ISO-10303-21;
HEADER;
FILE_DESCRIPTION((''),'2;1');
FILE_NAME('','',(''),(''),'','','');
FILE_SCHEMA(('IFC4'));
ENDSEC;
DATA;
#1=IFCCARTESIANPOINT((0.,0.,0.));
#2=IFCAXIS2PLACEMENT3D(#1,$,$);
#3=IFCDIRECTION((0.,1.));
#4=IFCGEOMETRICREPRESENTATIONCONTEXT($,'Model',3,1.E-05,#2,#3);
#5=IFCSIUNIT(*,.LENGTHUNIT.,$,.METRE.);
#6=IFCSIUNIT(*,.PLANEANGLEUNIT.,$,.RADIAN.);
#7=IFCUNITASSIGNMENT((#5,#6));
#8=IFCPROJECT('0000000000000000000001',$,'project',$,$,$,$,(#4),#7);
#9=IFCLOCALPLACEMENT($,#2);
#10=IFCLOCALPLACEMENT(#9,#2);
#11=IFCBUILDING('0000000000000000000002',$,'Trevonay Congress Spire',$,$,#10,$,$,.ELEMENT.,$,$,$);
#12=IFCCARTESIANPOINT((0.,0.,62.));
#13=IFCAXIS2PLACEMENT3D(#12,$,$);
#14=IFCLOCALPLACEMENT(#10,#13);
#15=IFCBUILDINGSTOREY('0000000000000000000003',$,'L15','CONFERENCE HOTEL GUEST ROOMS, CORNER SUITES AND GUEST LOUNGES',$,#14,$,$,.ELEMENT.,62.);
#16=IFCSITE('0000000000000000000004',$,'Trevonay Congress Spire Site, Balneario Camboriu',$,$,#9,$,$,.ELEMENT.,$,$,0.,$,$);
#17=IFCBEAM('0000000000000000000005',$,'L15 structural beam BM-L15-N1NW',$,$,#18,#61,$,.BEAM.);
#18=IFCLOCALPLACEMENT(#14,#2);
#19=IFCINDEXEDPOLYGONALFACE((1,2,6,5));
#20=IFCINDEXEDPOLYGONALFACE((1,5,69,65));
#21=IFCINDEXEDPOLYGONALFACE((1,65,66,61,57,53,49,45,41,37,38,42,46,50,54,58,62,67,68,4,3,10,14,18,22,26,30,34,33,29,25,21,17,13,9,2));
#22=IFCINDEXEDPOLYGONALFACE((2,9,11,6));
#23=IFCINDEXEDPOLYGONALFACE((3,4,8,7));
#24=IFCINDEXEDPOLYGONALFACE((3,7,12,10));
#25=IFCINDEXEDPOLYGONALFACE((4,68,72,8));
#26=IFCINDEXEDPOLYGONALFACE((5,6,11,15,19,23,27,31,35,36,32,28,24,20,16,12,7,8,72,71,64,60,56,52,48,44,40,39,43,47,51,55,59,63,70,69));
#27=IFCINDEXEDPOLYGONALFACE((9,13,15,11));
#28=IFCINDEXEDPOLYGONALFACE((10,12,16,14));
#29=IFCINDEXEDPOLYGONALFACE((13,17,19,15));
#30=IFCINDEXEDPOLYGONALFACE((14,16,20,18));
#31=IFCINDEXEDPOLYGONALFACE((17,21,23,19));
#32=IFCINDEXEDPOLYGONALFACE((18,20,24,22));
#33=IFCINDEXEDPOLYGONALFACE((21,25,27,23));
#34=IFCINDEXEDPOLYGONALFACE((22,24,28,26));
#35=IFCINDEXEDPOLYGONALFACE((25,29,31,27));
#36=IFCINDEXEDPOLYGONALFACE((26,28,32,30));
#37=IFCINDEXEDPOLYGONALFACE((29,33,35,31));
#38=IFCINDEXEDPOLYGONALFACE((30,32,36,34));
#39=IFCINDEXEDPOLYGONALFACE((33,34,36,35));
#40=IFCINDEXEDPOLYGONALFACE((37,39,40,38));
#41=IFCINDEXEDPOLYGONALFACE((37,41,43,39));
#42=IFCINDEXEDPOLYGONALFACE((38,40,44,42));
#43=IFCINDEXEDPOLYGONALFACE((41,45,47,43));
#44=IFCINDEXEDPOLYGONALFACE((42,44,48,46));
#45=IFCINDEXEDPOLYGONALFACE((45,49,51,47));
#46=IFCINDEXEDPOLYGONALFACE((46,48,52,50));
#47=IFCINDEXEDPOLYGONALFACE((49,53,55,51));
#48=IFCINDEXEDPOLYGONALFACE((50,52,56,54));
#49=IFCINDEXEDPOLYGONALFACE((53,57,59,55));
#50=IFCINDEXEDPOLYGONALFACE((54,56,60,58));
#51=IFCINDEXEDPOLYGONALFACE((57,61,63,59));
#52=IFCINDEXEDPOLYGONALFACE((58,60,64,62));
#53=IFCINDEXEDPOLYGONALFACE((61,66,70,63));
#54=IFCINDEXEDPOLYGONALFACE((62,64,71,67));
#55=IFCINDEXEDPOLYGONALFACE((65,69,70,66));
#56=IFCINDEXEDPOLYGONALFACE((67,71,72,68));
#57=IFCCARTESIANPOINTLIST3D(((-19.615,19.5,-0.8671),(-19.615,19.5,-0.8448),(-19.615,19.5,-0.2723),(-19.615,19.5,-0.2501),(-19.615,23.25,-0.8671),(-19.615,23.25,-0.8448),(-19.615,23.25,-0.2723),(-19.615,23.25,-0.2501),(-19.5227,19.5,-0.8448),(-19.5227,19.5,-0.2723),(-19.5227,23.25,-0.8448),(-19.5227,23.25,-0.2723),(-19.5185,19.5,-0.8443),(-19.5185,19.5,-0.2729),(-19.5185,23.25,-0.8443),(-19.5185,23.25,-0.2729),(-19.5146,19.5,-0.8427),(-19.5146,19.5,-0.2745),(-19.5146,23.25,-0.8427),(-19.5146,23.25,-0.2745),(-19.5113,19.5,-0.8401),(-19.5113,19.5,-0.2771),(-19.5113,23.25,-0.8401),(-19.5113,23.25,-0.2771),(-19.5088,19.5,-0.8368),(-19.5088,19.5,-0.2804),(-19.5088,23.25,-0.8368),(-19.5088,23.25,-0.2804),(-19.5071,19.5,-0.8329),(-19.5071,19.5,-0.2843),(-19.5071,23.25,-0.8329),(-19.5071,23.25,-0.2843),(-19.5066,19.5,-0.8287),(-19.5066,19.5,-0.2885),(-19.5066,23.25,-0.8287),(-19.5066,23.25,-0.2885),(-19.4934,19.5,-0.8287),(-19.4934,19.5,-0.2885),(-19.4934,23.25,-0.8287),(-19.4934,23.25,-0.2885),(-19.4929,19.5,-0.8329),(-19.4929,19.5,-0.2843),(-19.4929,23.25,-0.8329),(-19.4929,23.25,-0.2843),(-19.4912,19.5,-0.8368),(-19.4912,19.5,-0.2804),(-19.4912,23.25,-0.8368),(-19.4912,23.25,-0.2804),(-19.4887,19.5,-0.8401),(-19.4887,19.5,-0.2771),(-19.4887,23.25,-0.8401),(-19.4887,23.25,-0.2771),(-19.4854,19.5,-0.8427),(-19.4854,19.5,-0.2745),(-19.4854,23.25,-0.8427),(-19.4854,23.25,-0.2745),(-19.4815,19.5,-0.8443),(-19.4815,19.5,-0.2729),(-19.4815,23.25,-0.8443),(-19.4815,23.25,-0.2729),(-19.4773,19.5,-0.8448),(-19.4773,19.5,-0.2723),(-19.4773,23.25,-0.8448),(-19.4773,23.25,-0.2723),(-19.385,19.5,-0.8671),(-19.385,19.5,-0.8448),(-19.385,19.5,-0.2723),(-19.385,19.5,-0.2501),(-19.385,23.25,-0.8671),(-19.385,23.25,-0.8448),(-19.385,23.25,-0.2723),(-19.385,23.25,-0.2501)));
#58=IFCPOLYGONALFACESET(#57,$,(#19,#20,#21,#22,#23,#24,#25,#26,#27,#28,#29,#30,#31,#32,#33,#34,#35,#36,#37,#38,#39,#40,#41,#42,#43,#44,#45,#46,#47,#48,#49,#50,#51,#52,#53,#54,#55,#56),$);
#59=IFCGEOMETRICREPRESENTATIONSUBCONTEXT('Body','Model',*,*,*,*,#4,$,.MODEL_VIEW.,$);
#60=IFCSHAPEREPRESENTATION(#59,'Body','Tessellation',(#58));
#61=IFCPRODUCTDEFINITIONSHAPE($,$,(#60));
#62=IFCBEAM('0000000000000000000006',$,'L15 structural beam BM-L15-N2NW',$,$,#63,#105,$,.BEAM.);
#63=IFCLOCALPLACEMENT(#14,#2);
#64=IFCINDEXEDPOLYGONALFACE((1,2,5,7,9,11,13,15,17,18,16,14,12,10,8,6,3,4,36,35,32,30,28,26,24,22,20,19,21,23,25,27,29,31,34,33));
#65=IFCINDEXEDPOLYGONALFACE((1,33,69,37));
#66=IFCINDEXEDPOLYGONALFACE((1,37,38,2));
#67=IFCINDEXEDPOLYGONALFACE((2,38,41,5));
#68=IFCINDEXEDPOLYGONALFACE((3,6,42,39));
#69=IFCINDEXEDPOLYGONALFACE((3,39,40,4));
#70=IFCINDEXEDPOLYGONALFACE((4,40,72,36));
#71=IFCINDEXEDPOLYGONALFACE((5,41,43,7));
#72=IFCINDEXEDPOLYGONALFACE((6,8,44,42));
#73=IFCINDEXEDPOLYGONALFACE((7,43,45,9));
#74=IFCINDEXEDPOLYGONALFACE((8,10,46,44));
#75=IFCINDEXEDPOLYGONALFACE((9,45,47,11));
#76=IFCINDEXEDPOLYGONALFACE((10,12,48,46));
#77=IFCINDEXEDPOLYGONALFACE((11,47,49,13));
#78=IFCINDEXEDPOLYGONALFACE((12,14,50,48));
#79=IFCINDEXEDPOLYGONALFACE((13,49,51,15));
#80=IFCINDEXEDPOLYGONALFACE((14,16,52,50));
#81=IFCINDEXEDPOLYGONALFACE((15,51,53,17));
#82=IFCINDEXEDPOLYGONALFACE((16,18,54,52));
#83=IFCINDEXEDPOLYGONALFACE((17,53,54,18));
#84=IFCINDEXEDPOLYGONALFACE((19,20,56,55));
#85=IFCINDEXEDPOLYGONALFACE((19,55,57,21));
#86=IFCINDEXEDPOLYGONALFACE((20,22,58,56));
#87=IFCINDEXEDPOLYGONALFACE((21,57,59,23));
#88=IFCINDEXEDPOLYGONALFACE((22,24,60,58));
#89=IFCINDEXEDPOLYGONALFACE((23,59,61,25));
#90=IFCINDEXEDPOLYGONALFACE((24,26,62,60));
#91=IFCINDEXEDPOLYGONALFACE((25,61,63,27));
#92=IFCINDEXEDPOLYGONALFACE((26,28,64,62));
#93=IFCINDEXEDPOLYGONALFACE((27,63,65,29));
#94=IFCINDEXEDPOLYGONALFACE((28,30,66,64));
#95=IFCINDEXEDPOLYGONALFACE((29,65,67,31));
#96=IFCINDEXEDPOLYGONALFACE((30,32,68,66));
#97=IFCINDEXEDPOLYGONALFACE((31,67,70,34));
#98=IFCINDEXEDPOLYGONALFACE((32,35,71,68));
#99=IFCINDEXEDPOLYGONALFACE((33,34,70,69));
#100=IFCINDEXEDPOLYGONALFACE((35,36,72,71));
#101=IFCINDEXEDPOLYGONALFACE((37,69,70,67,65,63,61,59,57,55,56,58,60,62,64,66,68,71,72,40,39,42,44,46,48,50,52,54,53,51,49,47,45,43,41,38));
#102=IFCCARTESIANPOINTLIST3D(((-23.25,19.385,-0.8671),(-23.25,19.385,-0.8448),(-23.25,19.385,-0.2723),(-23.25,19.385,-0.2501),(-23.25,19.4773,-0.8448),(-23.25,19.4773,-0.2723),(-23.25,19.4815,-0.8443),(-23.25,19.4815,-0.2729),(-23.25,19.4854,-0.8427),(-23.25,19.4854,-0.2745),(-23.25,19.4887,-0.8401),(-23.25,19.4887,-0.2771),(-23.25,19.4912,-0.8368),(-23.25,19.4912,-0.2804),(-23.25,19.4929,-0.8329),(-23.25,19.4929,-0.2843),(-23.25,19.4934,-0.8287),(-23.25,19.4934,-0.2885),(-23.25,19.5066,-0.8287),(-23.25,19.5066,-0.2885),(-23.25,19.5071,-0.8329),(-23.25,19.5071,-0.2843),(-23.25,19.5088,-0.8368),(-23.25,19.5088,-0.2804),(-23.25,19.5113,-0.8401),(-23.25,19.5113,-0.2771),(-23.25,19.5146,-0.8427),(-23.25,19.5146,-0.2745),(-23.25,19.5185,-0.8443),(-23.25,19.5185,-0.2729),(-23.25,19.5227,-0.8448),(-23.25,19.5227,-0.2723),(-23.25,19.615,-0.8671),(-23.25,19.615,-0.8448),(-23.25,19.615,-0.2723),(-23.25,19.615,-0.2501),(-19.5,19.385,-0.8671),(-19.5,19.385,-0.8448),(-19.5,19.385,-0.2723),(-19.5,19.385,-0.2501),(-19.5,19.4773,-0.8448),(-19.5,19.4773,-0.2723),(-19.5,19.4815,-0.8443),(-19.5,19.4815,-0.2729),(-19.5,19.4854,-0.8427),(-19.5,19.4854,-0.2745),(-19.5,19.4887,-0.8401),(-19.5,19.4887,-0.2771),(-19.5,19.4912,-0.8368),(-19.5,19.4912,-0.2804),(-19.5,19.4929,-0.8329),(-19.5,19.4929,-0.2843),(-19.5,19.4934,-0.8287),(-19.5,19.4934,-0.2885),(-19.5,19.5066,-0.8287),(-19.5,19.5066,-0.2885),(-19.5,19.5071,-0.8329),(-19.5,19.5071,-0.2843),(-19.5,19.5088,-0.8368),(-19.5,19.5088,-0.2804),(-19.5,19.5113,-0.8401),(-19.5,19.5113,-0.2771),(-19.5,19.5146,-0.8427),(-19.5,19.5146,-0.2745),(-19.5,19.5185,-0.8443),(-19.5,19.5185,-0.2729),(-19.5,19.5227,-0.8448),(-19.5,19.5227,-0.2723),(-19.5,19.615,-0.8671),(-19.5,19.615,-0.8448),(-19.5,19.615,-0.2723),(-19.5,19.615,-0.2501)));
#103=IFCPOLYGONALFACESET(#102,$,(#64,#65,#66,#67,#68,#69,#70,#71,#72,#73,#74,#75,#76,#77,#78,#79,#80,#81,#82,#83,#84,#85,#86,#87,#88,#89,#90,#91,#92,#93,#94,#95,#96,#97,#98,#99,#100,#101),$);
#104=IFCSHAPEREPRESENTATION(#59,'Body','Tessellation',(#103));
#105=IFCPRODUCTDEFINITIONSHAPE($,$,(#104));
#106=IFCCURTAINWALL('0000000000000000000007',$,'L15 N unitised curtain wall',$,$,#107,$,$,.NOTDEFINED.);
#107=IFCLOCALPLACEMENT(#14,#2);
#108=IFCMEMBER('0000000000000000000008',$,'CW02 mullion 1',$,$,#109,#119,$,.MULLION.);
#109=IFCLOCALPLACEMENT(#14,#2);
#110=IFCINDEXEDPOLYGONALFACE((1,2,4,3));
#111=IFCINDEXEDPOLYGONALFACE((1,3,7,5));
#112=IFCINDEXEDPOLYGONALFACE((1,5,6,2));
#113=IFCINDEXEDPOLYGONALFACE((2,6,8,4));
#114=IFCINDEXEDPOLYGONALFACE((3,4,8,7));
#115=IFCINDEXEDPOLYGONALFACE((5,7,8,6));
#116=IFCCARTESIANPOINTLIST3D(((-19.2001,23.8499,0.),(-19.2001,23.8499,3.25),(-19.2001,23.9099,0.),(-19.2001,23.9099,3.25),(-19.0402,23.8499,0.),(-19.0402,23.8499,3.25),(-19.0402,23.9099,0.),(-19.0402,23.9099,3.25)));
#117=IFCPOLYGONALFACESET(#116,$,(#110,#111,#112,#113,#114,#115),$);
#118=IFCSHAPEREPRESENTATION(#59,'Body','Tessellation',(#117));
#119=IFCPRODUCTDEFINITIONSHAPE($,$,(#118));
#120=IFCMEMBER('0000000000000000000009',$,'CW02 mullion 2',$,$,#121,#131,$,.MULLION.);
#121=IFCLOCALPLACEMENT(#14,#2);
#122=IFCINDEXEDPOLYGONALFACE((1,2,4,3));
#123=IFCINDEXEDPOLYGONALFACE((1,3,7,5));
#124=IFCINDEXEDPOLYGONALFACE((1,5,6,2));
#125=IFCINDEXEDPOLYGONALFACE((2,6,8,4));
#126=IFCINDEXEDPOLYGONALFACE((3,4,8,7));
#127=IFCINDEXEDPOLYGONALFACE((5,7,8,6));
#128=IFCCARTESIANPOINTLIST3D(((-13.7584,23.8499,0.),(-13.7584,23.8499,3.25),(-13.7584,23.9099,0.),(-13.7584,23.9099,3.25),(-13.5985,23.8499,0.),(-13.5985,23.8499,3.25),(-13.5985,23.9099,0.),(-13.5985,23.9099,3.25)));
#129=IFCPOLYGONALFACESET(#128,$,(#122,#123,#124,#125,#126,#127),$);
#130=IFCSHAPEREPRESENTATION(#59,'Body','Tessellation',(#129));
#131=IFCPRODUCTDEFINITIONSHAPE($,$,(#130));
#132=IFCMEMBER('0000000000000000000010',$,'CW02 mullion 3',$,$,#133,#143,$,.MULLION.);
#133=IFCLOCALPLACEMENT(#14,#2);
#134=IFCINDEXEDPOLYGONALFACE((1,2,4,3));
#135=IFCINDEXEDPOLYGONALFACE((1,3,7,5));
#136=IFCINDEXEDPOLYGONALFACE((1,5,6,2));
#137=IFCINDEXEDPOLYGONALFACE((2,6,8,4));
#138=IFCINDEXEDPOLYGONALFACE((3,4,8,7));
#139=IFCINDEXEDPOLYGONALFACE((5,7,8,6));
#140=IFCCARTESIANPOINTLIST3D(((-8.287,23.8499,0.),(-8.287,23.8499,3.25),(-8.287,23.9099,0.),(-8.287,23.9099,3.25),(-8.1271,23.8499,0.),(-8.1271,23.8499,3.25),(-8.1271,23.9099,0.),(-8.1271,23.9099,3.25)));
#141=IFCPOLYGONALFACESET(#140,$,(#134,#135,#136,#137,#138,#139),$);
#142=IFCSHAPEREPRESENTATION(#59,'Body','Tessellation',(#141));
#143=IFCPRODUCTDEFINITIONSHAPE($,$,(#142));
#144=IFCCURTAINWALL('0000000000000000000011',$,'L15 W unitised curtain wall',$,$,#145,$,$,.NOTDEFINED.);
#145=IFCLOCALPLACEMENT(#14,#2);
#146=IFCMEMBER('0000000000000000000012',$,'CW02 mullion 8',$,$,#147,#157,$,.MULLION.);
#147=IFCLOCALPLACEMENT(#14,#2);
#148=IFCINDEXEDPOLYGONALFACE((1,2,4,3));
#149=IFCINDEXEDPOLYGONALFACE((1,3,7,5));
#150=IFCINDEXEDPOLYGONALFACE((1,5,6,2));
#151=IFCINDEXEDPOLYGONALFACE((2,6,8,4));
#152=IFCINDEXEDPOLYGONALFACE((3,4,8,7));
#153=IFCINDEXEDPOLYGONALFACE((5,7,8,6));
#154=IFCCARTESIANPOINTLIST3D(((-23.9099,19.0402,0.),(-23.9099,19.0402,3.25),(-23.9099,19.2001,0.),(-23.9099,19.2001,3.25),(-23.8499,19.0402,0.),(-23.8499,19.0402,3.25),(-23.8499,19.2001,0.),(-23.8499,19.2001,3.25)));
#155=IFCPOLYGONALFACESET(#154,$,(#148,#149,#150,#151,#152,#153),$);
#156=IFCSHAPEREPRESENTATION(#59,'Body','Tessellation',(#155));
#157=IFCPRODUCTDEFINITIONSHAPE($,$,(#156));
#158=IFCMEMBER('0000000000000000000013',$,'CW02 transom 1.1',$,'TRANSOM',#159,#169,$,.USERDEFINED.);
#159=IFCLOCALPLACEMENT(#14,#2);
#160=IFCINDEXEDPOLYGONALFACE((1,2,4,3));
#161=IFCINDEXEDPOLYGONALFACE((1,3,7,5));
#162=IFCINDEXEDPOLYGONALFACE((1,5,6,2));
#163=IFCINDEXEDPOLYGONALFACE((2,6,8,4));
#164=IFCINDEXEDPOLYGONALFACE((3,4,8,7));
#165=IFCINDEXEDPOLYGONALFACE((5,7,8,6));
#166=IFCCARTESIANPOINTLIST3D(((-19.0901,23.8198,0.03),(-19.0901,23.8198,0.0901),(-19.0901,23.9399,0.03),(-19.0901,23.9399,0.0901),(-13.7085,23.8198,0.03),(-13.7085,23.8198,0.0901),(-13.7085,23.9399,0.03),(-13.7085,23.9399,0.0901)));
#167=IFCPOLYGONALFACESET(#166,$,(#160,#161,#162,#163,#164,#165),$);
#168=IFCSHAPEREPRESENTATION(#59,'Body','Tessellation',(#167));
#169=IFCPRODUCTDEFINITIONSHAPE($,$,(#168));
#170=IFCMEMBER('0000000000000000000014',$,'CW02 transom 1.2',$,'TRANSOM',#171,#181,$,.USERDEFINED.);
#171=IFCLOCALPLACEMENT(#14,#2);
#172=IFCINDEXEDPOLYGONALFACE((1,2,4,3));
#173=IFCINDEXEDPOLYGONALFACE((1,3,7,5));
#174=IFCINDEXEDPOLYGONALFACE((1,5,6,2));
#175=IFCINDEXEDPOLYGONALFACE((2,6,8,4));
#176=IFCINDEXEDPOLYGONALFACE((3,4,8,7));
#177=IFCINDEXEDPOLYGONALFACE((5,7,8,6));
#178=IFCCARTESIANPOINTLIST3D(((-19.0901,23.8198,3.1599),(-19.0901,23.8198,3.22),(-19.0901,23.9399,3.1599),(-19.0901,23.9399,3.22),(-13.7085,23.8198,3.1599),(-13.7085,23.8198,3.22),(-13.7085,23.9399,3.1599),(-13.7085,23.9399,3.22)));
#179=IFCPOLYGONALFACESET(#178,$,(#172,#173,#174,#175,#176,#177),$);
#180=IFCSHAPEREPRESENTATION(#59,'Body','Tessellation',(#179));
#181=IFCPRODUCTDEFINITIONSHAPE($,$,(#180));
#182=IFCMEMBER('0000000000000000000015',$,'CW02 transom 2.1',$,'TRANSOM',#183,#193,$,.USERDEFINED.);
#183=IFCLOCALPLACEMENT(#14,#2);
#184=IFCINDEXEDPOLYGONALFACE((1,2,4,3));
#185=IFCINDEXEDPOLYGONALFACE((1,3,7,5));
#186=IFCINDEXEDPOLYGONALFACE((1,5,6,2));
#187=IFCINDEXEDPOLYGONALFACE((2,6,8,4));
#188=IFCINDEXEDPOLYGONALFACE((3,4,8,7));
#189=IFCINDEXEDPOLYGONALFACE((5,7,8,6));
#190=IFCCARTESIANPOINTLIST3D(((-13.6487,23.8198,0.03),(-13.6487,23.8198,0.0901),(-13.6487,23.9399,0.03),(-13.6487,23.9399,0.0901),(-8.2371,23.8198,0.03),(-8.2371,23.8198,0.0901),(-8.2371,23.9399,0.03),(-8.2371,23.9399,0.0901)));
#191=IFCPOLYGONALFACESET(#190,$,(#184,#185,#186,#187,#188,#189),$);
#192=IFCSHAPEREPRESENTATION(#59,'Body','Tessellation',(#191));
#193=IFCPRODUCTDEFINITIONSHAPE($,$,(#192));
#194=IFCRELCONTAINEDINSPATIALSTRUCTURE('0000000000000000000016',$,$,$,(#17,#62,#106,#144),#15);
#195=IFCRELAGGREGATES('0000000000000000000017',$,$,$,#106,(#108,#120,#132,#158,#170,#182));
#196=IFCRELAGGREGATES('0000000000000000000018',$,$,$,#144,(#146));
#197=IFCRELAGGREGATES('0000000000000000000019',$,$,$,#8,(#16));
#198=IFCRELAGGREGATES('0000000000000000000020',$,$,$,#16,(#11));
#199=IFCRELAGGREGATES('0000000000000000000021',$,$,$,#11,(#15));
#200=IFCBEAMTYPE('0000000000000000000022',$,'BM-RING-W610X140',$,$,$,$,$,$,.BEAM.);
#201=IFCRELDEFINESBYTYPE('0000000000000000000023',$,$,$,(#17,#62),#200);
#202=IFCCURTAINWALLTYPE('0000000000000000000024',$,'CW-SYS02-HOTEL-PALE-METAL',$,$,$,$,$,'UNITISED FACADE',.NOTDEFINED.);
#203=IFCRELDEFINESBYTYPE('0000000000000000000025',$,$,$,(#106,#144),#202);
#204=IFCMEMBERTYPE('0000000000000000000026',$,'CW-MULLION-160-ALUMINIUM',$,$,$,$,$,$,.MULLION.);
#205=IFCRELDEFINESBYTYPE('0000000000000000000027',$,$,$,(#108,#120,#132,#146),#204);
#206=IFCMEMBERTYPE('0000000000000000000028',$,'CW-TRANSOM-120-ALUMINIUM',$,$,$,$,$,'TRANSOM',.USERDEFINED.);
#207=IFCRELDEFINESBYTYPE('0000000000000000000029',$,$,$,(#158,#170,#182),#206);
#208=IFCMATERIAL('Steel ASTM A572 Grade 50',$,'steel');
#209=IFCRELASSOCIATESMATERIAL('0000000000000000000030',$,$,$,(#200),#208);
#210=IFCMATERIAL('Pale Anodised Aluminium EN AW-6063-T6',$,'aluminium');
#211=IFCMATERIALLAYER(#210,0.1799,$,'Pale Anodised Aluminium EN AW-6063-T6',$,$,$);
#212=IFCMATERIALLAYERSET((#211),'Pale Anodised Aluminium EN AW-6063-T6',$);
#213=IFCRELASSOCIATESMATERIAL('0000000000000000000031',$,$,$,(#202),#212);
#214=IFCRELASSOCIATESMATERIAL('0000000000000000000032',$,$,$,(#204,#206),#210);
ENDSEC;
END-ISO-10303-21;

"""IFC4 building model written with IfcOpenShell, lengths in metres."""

from ifc_helpers import new_model, si_unit, direction, frame, origin, origin_2d, place, context, subcontext, project, spatial, rectangle, i_section, extrude, material, layer, layer_set, material_profile, profile_set, type_object, element, aggregate, save


model = new_model("IFC4")

# Units and contexts
model_context = context("Model", 3, precision=1e-05, world=origin(), true_north=direction((0.0, 1.0)))
body_context = subcontext(model_context, "Body", "Model", "MODEL_VIEW")
ifc_project = project(units=[si_unit("LENGTHUNIT", "METRE"), si_unit("PLANEANGLEUNIT", "RADIAN")], contexts=[model_context])

# Site, building, storey
site_placement = place(None, origin())
site = spatial("IfcSite", under=ifc_project, at=site_placement, Name="Trevonay Congress Spire Site, Balneario Camboriu", CompositionType="ELEMENT", RefElevation=0.0)
building_placement = place(site_placement, origin())
building = spatial("IfcBuilding", under=site, at=building_placement, Name="Trevonay Congress Spire", CompositionType="ELEMENT")
storey_placement = place(building_placement, frame((0.0, 0.0, 62.0)))
storey = spatial("IfcBuildingStorey", under=building, at=storey_placement, Name="L15", Description="CONFERENCE HOTEL GUEST ROOMS, CORNER SUITES AND GUEST LOUNGES", CompositionType="ELEMENT", Elevation=62.0)

# Shared definitions
ifc_material_1 = material(Name="Steel ASTM A572 Grade 50", Category="steel")

# Beams
ifc_material_profile_1 = material_profile(ifc_material_1, i_section(OverallWidth=0.23, OverallDepth=0.6169, WebThickness=0.0132, FlangeThickness=0.0222, FilletRadius=0.0161, at=origin_2d()), Name="W610x140")
ifc_profile_set_1 = profile_set([ifc_material_profile_1], Name="Steel ASTM A572 Grade 50")
beam_type = type_object("IfcBeamType", Name="BM-RING-W610X140", PredefinedType="BEAM", material=ifc_profile_set_1)
for number, where, z_axis, x_axis, name in (
    (1, (-19.5, 23.25, -0.5586), (0.0, -1.0, 0.0), (1.0, 0.0, 0.0), "L15 structural beam BM-L15-N1NW"),
    (2, (-23.25, 19.5, -0.5586), (1.0, 0.0, 0.0), (0.0, 1.0, 0.0), "L15 structural beam BM-L15-N2NW"),
):
    element("IfcBeam", number, at=place(storey_placement, frame(where, z_axis=z_axis, x_axis=x_axis)), inside=storey, type_object=beam_type, Name=name, PredefinedType="BEAM", context=body_context, shape_type="SweptSolid", body=[
        extrude(i_section(OverallWidth=0.23, OverallDepth=0.6169, WebThickness=0.0132, FlangeThickness=0.0222, FilletRadius=0.0161, at=origin_2d()), origin(), (0.0, 0.0, 1.0), 3.75),
    ])

# Curtain wall, members
ifc_material_2 = material(Name="Pale Anodised Aluminium EN AW-6063-T6", Category="aluminium")
ifc_layer_1 = layer(ifc_material_2, 0.1799, Name="Pale Anodised Aluminium EN AW-6063-T6")
ifc_layer_set_1 = layer_set([ifc_layer_1], Name="Pale Anodised Aluminium EN AW-6063-T6")
curtain_wall_type = type_object("IfcCurtainWallType", Name="CW-SYS02-HOTEL-PALE-METAL", ElementType="UNITISED FACADE", PredefinedType="NOTDEFINED", material=ifc_layer_set_1)
curtain_wall_1_placement = place(storey_placement, origin())
curtain_wall_1 = element("IfcCurtainWall", 3, at=curtain_wall_1_placement, inside=storey, type_object=curtain_wall_type, Name="L15 N unitised curtain wall", PredefinedType="NOTDEFINED")
ifc_material_profile_2 = material_profile(ifc_material_2, rectangle(XDim=0.0601, YDim=0.1599, at=origin_2d()), Name="CW-MULLION-160-ALUMINIUM")
ifc_profile_set_2 = profile_set([ifc_material_profile_2], Name="Pale Anodised Aluminium EN AW-6063-T6")
member_type_1 = type_object("IfcMemberType", Name="CW-MULLION-160-ALUMINIUM", PredefinedType="MULLION", material=ifc_profile_set_2)
member_1_placement = place(storey_placement, frame((-19.1201, 23.8799, 0.0), z_axis=(0.0, 0.0, 1.0), x_axis=(0.0, 1.0, 0.0)))
member_1 = element("IfcMember", 4, at=member_1_placement, type_object=member_type_1, Name="CW02 mullion 1", PredefinedType="MULLION", context=body_context, shape_type="SweptSolid", body=[
    extrude(rectangle(XDim=0.0601, YDim=0.1599, at=origin_2d()), origin(), (0.0, 0.0, 1.0), 3.25),
])
member_2_placement = place(storey_placement, frame((-13.6785, 23.8799, 0.0), z_axis=(0.0, 0.0, 1.0), x_axis=(0.0, 1.0, 0.0)))
member_2 = element("IfcMember", 5, at=member_2_placement, type_object=member_type_1, Name="CW02 mullion 2", PredefinedType="MULLION", context=body_context, shape_type="SweptSolid", body=[
    extrude(rectangle(XDim=0.0601, YDim=0.1599, at=origin_2d()), origin(), (0.0, 0.0, 1.0), 3.25),
])
member_3_placement = place(storey_placement, frame((-8.207, 23.8799, 0.0), z_axis=(0.0, 0.0, 1.0), x_axis=(0.0, 1.0, 0.0)))
member_3 = element("IfcMember", 6, at=member_3_placement, type_object=member_type_1, Name="CW02 mullion 3", PredefinedType="MULLION", context=body_context, shape_type="SweptSolid", body=[
    extrude(rectangle(XDim=0.0601, YDim=0.1599, at=origin_2d()), origin(), (0.0, 0.0, 1.0), 3.25),
])

# Curtain wall, member
curtain_wall_2_placement = place(storey_placement, origin())
curtain_wall_2 = element("IfcCurtainWall", 7, at=curtain_wall_2_placement, inside=storey, type_object=curtain_wall_type, Name="L15 W unitised curtain wall", PredefinedType="NOTDEFINED")
member_4_placement = place(storey_placement, frame((-23.8799, 19.1201, 0.0), z_axis=(0.0, 0.0, 1.0), x_axis=(-1.0, 0.0, 0.0)))
member_4 = element("IfcMember", 8, at=member_4_placement, type_object=member_type_1, Name="CW02 mullion 8", PredefinedType="MULLION", context=body_context, shape_type="SweptSolid", body=[
    extrude(rectangle(XDim=0.0601, YDim=0.1599, at=origin_2d()), origin(), (0.0, 0.0, 1.0), 3.25),
])

# Members
ifc_material_profile_3 = material_profile(ifc_material_2, rectangle(XDim=0.1201, YDim=0.0601, at=origin_2d()), Name="CW-TRANSOM-120-ALUMINIUM")
ifc_profile_set_3 = profile_set([ifc_material_profile_3], Name="Pale Anodised Aluminium EN AW-6063-T6")
member_type_2 = type_object("IfcMemberType", Name="CW-TRANSOM-120-ALUMINIUM", ElementType="TRANSOM", PredefinedType="USERDEFINED", material=ifc_profile_set_3)
member_5_placement = place(storey_placement, frame((-19.0901, 23.8799, 0.0601), z_axis=(1.0, 0.0, 0.0), x_axis=(0.0, 1.0, 0.0)))
member_5 = element("IfcMember", 9, at=member_5_placement, type_object=member_type_2, Name="CW02 transom 1.1", ObjectType="TRANSOM", PredefinedType="USERDEFINED", context=body_context, shape_type="SweptSolid", body=[
    extrude(rectangle(XDim=0.1201, YDim=0.0601, at=origin_2d()), origin(), (0.0, 0.0, 1.0), 5.3816),
])
member_6_placement = place(storey_placement, frame((-19.0901, 23.8799, 3.1899), z_axis=(1.0, 0.0, 0.0), x_axis=(0.0, 1.0, 0.0)))
member_6 = element("IfcMember", 10, at=member_6_placement, type_object=member_type_2, Name="CW02 transom 1.2", ObjectType="TRANSOM", PredefinedType="USERDEFINED", context=body_context, shape_type="SweptSolid", body=[
    extrude(rectangle(XDim=0.1201, YDim=0.0601, at=origin_2d()), origin(), (0.0, 0.0, 1.0), 5.3816),
])
member_7_placement = place(storey_placement, frame((-13.6487, 23.8799, 0.0601), z_axis=(1.0, 0.0, 0.0), x_axis=(0.0, 1.0, 0.0)))
member_7 = element("IfcMember", 11, at=member_7_placement, type_object=member_type_2, Name="CW02 transom 2.1", ObjectType="TRANSOM", PredefinedType="USERDEFINED", context=body_context, shape_type="SweptSolid", body=[
    extrude(rectangle(XDim=0.1201, YDim=0.0601, at=origin_2d()), origin(), (0.0, 0.0, 1.0), 5.4116),
])

aggregate(curtain_wall_1, [member_1, member_2, member_3, member_5, member_6, member_7])
aggregate(curtain_wall_2, [member_4])

save(model, "model.ifc")
